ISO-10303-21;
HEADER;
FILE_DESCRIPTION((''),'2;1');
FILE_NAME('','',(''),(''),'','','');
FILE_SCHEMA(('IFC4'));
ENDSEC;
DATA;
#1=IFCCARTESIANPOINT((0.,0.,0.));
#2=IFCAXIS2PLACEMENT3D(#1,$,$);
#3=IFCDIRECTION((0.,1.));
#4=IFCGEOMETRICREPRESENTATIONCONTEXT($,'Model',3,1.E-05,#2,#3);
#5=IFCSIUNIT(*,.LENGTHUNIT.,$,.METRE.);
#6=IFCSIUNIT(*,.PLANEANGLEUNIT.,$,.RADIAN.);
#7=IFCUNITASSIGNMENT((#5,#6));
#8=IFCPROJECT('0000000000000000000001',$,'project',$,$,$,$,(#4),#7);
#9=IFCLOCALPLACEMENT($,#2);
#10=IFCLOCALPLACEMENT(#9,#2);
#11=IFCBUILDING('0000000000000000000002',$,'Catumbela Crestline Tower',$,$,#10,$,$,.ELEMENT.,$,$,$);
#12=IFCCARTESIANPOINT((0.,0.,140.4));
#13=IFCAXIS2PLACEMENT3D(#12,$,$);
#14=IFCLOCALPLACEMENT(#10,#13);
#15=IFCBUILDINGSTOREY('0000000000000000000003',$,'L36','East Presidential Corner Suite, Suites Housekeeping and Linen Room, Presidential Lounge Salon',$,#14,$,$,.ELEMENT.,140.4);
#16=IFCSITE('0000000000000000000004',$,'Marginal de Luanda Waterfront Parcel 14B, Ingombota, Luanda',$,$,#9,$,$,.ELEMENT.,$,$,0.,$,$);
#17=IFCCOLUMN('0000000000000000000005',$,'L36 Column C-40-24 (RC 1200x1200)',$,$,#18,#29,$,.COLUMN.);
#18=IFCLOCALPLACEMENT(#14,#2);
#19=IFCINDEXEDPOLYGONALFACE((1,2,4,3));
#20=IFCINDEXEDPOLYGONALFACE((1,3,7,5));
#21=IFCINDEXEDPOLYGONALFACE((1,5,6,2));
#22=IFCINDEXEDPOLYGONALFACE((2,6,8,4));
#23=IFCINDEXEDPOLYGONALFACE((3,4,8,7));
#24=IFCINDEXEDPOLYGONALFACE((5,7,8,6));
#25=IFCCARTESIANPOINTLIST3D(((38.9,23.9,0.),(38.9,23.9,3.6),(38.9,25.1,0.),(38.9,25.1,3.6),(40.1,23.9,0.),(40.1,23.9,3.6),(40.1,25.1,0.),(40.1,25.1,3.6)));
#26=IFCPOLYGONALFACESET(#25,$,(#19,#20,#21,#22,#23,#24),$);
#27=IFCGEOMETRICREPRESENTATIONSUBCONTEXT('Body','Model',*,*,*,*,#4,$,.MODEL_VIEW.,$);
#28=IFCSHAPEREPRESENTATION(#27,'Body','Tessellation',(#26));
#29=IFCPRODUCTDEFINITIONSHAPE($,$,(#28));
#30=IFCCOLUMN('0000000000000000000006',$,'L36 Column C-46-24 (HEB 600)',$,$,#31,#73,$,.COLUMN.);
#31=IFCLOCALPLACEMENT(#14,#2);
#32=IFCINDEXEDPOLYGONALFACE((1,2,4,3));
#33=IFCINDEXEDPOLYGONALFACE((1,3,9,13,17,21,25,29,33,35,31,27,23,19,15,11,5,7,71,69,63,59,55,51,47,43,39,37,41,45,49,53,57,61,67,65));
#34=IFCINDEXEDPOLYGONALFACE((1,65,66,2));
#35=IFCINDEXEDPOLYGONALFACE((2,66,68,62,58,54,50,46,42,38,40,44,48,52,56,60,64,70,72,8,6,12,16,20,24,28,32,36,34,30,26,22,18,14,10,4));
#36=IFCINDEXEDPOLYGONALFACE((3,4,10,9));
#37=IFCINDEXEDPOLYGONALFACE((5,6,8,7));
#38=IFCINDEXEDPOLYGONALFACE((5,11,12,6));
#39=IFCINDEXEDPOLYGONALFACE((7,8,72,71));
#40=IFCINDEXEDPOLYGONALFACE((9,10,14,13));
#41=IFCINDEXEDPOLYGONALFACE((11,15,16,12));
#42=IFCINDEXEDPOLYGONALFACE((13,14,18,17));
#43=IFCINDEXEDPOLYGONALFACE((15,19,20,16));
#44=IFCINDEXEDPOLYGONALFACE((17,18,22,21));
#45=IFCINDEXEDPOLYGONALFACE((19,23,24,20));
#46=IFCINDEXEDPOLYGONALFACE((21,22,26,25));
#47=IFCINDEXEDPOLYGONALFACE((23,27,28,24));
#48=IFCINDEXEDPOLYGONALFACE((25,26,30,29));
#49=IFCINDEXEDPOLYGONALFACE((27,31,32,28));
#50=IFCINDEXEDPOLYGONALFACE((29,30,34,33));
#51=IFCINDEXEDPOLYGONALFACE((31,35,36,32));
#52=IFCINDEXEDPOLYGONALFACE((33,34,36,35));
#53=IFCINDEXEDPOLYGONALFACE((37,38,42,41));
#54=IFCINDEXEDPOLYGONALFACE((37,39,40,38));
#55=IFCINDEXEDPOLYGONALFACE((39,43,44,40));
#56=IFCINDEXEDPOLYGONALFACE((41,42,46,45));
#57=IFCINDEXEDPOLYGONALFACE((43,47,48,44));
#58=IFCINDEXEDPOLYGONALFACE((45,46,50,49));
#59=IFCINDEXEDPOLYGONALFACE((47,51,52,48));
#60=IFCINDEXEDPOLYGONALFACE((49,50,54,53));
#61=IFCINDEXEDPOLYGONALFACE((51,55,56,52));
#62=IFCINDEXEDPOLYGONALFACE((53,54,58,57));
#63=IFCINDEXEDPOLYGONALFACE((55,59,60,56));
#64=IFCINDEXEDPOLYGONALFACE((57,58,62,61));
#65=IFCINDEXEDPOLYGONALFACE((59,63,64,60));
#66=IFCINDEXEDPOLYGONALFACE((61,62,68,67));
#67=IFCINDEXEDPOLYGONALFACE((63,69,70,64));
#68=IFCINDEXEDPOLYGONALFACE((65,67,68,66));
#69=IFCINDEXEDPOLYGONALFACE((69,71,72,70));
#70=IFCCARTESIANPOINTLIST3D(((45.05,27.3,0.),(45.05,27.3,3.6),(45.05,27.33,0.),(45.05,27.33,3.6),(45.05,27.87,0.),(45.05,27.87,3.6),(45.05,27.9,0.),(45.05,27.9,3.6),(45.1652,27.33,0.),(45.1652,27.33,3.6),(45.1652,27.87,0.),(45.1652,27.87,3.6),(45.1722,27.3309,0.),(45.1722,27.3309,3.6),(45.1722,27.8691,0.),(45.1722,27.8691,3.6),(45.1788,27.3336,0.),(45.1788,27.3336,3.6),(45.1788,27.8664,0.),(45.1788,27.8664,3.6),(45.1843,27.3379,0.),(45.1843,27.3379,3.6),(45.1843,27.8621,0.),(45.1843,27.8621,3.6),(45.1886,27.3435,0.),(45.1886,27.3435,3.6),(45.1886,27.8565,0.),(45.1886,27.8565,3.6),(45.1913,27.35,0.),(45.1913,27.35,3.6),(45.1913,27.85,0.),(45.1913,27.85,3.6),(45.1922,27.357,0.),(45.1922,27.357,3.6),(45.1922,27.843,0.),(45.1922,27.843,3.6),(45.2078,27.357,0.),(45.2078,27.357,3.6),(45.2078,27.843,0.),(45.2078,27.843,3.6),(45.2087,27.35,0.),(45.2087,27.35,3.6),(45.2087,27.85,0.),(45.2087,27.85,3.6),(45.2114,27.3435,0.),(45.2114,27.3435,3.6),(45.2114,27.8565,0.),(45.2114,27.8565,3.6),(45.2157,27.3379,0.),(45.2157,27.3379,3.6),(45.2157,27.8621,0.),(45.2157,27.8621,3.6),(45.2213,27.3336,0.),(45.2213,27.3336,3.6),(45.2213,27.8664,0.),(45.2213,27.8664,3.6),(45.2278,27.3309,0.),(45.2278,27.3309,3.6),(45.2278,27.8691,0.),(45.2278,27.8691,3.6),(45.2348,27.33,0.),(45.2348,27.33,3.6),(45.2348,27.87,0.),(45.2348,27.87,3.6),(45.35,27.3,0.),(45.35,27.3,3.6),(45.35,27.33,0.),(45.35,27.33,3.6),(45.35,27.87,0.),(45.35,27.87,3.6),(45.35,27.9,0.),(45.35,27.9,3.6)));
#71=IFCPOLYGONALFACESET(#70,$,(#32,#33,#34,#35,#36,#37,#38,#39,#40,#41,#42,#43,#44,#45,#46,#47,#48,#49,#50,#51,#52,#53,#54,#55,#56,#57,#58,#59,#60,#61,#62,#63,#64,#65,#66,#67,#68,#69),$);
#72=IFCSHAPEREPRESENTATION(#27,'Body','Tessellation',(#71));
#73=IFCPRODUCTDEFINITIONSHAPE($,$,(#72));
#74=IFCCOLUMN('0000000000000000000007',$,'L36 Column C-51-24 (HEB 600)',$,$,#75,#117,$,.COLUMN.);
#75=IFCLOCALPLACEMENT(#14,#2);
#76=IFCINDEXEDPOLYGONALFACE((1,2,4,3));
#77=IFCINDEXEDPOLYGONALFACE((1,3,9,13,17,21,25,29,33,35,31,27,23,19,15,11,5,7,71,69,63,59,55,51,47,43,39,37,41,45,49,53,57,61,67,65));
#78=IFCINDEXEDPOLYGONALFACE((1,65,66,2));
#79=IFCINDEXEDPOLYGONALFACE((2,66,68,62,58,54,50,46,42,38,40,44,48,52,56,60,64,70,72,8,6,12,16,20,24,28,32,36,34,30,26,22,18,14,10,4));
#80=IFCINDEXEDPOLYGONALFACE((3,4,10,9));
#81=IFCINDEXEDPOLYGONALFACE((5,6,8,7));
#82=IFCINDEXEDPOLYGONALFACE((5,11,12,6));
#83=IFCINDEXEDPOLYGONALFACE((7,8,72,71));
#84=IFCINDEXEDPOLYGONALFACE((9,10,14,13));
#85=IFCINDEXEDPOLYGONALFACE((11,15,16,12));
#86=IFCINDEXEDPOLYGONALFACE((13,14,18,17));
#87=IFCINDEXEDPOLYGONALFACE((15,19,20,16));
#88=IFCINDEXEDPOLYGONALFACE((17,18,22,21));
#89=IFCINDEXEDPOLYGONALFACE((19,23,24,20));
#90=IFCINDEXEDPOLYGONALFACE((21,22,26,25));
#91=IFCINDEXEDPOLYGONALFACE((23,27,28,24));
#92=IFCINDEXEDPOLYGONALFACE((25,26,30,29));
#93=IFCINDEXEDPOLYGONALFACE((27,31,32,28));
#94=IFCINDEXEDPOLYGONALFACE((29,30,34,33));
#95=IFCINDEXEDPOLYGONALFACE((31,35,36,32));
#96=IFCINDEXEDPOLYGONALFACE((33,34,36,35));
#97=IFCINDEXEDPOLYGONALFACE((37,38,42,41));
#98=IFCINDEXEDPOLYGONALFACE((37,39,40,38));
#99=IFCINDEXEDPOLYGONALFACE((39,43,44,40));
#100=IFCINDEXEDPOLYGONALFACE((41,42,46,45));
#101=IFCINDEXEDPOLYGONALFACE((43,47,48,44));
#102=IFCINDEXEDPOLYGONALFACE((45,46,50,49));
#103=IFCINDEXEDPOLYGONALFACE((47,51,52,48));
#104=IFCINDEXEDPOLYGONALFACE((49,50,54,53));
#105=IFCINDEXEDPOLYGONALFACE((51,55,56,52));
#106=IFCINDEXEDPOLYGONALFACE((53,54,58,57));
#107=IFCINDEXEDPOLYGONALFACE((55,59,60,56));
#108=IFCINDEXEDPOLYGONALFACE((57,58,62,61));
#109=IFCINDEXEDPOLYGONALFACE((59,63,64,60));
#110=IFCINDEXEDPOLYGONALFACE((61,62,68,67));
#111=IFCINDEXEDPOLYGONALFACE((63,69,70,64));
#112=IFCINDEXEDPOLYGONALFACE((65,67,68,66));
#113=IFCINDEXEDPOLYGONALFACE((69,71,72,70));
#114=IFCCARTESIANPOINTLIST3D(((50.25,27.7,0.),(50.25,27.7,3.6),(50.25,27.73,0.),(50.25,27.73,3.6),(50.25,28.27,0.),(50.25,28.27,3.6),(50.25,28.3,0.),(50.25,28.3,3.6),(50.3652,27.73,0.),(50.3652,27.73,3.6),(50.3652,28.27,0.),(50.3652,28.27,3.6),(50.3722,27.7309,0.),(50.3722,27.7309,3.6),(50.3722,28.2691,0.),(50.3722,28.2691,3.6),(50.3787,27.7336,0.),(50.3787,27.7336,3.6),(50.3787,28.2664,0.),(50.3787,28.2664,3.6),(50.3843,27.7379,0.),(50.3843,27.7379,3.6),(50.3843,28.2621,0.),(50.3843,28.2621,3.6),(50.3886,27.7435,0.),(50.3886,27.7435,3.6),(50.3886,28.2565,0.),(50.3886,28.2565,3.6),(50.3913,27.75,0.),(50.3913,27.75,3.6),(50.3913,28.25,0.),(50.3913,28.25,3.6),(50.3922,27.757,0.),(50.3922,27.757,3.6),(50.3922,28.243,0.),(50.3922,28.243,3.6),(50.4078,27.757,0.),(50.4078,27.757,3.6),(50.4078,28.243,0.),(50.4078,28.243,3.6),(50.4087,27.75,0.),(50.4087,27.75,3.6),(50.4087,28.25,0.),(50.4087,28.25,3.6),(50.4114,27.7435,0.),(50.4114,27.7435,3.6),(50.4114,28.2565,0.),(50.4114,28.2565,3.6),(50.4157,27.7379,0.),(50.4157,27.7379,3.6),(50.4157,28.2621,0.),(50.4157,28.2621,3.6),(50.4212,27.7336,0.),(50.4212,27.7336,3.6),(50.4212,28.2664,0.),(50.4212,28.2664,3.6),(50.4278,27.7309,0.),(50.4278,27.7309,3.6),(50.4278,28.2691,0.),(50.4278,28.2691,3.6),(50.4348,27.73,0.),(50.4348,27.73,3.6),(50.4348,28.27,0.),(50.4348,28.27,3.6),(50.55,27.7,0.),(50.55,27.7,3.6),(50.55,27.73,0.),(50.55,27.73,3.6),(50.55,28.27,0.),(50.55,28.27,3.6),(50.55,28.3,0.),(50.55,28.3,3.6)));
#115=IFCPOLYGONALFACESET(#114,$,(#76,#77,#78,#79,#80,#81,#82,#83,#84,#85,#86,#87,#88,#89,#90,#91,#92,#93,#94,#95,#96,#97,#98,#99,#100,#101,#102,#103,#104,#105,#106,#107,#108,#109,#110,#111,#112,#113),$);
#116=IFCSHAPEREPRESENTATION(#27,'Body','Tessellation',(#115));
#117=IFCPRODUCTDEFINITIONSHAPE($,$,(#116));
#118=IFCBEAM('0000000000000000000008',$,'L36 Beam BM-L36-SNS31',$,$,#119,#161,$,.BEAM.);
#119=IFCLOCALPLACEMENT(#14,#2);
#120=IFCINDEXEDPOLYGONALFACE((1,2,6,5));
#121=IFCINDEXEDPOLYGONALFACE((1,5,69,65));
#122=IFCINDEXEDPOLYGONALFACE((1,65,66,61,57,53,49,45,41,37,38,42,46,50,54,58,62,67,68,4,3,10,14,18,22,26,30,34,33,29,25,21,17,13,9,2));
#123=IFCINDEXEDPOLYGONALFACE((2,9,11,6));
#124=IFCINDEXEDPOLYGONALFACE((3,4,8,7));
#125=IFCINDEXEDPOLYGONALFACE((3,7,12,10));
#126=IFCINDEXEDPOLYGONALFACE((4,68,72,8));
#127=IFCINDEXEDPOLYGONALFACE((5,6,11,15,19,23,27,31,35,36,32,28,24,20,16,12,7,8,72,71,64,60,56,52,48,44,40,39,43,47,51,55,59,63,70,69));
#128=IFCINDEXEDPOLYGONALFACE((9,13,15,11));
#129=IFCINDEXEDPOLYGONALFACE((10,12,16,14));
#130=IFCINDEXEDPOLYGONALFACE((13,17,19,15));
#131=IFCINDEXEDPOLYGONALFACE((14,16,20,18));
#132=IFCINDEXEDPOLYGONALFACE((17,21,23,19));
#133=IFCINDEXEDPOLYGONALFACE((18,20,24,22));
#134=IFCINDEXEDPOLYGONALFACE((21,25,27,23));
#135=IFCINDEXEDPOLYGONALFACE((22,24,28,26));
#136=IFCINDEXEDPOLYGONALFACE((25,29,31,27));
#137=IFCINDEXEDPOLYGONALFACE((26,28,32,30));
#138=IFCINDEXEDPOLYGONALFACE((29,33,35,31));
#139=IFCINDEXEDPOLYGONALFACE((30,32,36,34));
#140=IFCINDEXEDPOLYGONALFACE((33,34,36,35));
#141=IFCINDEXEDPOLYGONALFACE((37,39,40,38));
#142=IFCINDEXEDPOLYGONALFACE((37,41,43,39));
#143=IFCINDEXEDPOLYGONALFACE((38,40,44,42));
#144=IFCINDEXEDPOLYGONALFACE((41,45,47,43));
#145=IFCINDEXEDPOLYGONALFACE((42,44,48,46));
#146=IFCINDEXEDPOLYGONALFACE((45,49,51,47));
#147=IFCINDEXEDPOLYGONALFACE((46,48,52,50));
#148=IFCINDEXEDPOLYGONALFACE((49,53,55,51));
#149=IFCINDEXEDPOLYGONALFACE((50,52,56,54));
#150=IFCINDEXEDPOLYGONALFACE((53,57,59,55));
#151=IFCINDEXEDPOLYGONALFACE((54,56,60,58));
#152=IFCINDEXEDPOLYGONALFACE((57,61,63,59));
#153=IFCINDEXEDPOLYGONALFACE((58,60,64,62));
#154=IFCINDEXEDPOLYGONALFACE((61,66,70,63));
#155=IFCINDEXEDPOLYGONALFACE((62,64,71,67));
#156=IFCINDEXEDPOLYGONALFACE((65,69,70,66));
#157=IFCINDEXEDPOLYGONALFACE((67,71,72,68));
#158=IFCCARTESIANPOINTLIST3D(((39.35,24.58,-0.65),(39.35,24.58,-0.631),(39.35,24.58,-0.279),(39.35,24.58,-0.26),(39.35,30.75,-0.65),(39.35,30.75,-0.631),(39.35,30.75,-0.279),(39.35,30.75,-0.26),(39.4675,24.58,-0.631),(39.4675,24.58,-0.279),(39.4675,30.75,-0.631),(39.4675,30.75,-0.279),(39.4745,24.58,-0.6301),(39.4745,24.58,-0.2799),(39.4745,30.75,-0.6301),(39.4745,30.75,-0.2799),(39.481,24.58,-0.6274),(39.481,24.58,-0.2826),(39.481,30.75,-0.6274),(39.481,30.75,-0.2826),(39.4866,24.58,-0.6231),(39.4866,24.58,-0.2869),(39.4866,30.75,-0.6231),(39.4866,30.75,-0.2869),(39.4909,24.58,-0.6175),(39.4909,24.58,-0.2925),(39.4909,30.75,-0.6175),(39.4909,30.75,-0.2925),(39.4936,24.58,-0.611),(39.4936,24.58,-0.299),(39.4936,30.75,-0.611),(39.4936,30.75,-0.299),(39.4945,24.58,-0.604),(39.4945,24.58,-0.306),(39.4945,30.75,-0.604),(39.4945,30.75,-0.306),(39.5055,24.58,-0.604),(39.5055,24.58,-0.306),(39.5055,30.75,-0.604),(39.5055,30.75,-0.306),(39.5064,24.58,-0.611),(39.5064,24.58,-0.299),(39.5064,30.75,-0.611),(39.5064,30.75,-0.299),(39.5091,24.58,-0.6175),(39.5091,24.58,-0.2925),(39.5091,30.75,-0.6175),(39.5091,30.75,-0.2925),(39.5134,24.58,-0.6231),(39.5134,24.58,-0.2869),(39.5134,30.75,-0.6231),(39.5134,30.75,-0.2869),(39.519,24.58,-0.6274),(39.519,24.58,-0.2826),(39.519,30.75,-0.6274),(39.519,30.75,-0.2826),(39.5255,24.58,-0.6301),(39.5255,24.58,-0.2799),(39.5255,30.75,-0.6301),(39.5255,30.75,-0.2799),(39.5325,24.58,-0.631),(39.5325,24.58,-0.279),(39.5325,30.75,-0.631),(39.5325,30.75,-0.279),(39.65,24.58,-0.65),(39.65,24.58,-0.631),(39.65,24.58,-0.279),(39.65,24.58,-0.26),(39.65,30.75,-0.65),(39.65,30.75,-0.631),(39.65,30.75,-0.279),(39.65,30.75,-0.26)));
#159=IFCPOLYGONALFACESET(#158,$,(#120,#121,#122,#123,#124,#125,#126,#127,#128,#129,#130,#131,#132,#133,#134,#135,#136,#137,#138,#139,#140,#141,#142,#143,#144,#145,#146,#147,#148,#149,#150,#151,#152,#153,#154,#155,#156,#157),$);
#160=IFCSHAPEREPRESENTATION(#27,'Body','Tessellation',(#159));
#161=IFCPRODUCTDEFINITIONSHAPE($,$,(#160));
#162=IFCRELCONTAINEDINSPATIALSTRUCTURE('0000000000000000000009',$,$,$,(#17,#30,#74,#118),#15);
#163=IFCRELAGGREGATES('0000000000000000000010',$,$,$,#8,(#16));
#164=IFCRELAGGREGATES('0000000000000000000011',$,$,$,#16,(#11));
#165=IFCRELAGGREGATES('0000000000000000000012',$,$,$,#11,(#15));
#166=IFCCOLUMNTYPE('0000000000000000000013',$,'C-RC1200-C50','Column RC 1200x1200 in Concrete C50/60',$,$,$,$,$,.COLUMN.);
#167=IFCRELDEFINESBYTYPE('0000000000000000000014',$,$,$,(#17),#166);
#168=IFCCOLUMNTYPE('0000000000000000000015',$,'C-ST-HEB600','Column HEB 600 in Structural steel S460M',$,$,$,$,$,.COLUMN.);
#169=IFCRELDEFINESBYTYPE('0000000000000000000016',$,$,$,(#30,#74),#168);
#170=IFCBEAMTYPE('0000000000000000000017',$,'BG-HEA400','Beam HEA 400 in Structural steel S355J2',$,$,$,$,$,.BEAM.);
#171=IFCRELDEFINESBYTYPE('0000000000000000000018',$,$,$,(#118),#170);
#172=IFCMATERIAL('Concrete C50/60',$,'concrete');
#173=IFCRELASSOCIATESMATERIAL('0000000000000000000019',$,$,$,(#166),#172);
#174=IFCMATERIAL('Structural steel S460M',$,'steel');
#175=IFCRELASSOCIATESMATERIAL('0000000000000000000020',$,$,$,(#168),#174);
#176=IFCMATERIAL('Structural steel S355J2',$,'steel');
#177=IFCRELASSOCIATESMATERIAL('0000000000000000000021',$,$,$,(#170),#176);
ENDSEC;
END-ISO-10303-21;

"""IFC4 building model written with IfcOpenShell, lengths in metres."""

from ifc_helpers import new_model, si_unit, direction, frame, origin, origin_2d, place, context, subcontext, project, spatial, rectangle, i_section, extrude, material, material_profile, profile_set, type_object, element, save


model = new_model("IFC4")

# Units and contexts
model_context = context("Model", 3, precision=1e-05, world=origin(), true_north=direction((0.0, 1.0)))
body_context = subcontext(model_context, "Body", "Model", "MODEL_VIEW")
ifc_project = project(units=[si_unit("LENGTHUNIT", "METRE"), si_unit("PLANEANGLEUNIT", "RADIAN")], contexts=[model_context])

# Site, building, storey
site_placement = place(None, origin())
site = spatial("IfcSite", under=ifc_project, at=site_placement, Name="Marginal de Luanda Waterfront Parcel 14B, Ingombota, Luanda", CompositionType="ELEMENT", RefElevation=0.0)
building_placement = place(site_placement, origin())
building = spatial("IfcBuilding", under=site, at=building_placement, Name="Catumbela Crestline Tower", CompositionType="ELEMENT")
storey_placement = place(building_placement, frame((0.0, 0.0, 140.4)))
storey = spatial("IfcBuildingStorey", under=building, at=storey_placement, Name="L36", Description="East Presidential Corner Suite, Suites Housekeeping and Linen Room, Presidential Lounge Salon", CompositionType="ELEMENT", Elevation=140.4)

# Columns
ifc_material_1 = material(Name="Concrete C50/60", Category="concrete")
ifc_material_profile_1 = material_profile(ifc_material_1, rectangle(XDim=1.2, YDim=1.2, at=origin_2d()), Name="RC 1200x1200")
ifc_profile_set_1 = profile_set([ifc_material_profile_1], Name="Concrete C50/60")
column_type_1 = type_object("IfcColumnType", Name="C-RC1200-C50", Description="Column RC 1200x1200 in Concrete C50/60", PredefinedType="COLUMN", material=ifc_profile_set_1)
column_placement = place(storey_placement, frame((39.5, 24.5, 0.0), z_axis=(0.0, 0.0, 1.0), x_axis=(1.0, 0.0, 0.0)))
element("IfcColumn", 1, at=column_placement, inside=storey, type_object=column_type_1, Name="L36 Column C-40-24 (RC 1200x1200)", PredefinedType="COLUMN", context=body_context, shape_type="SweptSolid", body=[
    extrude(rectangle(XDim=1.2, YDim=1.2, at=origin_2d()), origin(), (0.0, 0.0, 1.0), 3.6),
])
ifc_material_2 = material(Name="Structural steel S460M", Category="steel")
ifc_material_profile_2 = material_profile(ifc_material_2, i_section(OverallWidth=0.3, OverallDepth=0.6, WebThickness=0.0155, FlangeThickness=0.03, FilletRadius=0.027, at=origin_2d()), Name="HEB 600")
ifc_profile_set_2 = profile_set([ifc_material_profile_2], Name="Structural steel S460M")
column_type_2 = type_object("IfcColumnType", Name="C-ST-HEB600", Description="Column HEB 600 in Structural steel S460M", PredefinedType="COLUMN", material=ifc_profile_set_2)
for number, where, z_axis, x_axis, name in (
    (2, (45.2, 27.6, 0.0), (0.0, 0.0, 1.0), (1.0, 0.0, 0.0), "L36 Column C-46-24 (HEB 600)"),
    (3, (50.4, 28.0, 0.0), (0.0, 0.0, 1.0), (1.0, 0.0, 0.0), "L36 Column C-51-24 (HEB 600)"),
):
    element("IfcColumn", number, at=place(storey_placement, frame(where, z_axis=z_axis, x_axis=x_axis)), inside=storey, type_object=column_type_2, Name=name, PredefinedType="COLUMN", context=body_context, shape_type="SweptSolid", body=[
        extrude(i_section(OverallWidth=0.3, OverallDepth=0.6, WebThickness=0.0155, FlangeThickness=0.03, FilletRadius=0.027, at=origin_2d()), origin(), (0.0, 0.0, 1.0), 3.6),
    ])

# Beam
ifc_material_3 = material(Name="Structural steel S355J2", Category="steel")
ifc_material_profile_3 = material_profile(ifc_material_3, i_section(OverallWidth=0.3, OverallDepth=0.39, WebThickness=0.011, FlangeThickness=0.019, FilletRadius=0.027, at=origin_2d()), Name="HEA 400")
ifc_profile_set_3 = profile_set([ifc_material_profile_3], Name="Structural steel S355J2")
beam_type_1 = type_object("IfcBeamType", Name="BG-HEA400", Description="Beam HEA 400 in Structural steel S355J2", PredefinedType="BEAM", material=ifc_profile_set_3)
beam_1_placement = place(storey_placement, frame((39.5, 24.58, -0.455), z_axis=(0.0, 1.0, 0.0), x_axis=(-1.0, 0.0, 0.0)))
element("IfcBeam", 4, at=beam_1_placement, inside=storey, type_object=beam_type_1, Name="L36 Beam BM-L36-SNS31", PredefinedType="BEAM", context=body_context, shape_type="SweptSolid", body=[
    extrude(i_section(OverallWidth=0.3, OverallDepth=0.39, WebThickness=0.011, FlangeThickness=0.019, FilletRadius=0.027, at=origin_2d()), origin(), (0.0, 0.0, 1.0), 6.17),
])

save(model, "model.ifc")
